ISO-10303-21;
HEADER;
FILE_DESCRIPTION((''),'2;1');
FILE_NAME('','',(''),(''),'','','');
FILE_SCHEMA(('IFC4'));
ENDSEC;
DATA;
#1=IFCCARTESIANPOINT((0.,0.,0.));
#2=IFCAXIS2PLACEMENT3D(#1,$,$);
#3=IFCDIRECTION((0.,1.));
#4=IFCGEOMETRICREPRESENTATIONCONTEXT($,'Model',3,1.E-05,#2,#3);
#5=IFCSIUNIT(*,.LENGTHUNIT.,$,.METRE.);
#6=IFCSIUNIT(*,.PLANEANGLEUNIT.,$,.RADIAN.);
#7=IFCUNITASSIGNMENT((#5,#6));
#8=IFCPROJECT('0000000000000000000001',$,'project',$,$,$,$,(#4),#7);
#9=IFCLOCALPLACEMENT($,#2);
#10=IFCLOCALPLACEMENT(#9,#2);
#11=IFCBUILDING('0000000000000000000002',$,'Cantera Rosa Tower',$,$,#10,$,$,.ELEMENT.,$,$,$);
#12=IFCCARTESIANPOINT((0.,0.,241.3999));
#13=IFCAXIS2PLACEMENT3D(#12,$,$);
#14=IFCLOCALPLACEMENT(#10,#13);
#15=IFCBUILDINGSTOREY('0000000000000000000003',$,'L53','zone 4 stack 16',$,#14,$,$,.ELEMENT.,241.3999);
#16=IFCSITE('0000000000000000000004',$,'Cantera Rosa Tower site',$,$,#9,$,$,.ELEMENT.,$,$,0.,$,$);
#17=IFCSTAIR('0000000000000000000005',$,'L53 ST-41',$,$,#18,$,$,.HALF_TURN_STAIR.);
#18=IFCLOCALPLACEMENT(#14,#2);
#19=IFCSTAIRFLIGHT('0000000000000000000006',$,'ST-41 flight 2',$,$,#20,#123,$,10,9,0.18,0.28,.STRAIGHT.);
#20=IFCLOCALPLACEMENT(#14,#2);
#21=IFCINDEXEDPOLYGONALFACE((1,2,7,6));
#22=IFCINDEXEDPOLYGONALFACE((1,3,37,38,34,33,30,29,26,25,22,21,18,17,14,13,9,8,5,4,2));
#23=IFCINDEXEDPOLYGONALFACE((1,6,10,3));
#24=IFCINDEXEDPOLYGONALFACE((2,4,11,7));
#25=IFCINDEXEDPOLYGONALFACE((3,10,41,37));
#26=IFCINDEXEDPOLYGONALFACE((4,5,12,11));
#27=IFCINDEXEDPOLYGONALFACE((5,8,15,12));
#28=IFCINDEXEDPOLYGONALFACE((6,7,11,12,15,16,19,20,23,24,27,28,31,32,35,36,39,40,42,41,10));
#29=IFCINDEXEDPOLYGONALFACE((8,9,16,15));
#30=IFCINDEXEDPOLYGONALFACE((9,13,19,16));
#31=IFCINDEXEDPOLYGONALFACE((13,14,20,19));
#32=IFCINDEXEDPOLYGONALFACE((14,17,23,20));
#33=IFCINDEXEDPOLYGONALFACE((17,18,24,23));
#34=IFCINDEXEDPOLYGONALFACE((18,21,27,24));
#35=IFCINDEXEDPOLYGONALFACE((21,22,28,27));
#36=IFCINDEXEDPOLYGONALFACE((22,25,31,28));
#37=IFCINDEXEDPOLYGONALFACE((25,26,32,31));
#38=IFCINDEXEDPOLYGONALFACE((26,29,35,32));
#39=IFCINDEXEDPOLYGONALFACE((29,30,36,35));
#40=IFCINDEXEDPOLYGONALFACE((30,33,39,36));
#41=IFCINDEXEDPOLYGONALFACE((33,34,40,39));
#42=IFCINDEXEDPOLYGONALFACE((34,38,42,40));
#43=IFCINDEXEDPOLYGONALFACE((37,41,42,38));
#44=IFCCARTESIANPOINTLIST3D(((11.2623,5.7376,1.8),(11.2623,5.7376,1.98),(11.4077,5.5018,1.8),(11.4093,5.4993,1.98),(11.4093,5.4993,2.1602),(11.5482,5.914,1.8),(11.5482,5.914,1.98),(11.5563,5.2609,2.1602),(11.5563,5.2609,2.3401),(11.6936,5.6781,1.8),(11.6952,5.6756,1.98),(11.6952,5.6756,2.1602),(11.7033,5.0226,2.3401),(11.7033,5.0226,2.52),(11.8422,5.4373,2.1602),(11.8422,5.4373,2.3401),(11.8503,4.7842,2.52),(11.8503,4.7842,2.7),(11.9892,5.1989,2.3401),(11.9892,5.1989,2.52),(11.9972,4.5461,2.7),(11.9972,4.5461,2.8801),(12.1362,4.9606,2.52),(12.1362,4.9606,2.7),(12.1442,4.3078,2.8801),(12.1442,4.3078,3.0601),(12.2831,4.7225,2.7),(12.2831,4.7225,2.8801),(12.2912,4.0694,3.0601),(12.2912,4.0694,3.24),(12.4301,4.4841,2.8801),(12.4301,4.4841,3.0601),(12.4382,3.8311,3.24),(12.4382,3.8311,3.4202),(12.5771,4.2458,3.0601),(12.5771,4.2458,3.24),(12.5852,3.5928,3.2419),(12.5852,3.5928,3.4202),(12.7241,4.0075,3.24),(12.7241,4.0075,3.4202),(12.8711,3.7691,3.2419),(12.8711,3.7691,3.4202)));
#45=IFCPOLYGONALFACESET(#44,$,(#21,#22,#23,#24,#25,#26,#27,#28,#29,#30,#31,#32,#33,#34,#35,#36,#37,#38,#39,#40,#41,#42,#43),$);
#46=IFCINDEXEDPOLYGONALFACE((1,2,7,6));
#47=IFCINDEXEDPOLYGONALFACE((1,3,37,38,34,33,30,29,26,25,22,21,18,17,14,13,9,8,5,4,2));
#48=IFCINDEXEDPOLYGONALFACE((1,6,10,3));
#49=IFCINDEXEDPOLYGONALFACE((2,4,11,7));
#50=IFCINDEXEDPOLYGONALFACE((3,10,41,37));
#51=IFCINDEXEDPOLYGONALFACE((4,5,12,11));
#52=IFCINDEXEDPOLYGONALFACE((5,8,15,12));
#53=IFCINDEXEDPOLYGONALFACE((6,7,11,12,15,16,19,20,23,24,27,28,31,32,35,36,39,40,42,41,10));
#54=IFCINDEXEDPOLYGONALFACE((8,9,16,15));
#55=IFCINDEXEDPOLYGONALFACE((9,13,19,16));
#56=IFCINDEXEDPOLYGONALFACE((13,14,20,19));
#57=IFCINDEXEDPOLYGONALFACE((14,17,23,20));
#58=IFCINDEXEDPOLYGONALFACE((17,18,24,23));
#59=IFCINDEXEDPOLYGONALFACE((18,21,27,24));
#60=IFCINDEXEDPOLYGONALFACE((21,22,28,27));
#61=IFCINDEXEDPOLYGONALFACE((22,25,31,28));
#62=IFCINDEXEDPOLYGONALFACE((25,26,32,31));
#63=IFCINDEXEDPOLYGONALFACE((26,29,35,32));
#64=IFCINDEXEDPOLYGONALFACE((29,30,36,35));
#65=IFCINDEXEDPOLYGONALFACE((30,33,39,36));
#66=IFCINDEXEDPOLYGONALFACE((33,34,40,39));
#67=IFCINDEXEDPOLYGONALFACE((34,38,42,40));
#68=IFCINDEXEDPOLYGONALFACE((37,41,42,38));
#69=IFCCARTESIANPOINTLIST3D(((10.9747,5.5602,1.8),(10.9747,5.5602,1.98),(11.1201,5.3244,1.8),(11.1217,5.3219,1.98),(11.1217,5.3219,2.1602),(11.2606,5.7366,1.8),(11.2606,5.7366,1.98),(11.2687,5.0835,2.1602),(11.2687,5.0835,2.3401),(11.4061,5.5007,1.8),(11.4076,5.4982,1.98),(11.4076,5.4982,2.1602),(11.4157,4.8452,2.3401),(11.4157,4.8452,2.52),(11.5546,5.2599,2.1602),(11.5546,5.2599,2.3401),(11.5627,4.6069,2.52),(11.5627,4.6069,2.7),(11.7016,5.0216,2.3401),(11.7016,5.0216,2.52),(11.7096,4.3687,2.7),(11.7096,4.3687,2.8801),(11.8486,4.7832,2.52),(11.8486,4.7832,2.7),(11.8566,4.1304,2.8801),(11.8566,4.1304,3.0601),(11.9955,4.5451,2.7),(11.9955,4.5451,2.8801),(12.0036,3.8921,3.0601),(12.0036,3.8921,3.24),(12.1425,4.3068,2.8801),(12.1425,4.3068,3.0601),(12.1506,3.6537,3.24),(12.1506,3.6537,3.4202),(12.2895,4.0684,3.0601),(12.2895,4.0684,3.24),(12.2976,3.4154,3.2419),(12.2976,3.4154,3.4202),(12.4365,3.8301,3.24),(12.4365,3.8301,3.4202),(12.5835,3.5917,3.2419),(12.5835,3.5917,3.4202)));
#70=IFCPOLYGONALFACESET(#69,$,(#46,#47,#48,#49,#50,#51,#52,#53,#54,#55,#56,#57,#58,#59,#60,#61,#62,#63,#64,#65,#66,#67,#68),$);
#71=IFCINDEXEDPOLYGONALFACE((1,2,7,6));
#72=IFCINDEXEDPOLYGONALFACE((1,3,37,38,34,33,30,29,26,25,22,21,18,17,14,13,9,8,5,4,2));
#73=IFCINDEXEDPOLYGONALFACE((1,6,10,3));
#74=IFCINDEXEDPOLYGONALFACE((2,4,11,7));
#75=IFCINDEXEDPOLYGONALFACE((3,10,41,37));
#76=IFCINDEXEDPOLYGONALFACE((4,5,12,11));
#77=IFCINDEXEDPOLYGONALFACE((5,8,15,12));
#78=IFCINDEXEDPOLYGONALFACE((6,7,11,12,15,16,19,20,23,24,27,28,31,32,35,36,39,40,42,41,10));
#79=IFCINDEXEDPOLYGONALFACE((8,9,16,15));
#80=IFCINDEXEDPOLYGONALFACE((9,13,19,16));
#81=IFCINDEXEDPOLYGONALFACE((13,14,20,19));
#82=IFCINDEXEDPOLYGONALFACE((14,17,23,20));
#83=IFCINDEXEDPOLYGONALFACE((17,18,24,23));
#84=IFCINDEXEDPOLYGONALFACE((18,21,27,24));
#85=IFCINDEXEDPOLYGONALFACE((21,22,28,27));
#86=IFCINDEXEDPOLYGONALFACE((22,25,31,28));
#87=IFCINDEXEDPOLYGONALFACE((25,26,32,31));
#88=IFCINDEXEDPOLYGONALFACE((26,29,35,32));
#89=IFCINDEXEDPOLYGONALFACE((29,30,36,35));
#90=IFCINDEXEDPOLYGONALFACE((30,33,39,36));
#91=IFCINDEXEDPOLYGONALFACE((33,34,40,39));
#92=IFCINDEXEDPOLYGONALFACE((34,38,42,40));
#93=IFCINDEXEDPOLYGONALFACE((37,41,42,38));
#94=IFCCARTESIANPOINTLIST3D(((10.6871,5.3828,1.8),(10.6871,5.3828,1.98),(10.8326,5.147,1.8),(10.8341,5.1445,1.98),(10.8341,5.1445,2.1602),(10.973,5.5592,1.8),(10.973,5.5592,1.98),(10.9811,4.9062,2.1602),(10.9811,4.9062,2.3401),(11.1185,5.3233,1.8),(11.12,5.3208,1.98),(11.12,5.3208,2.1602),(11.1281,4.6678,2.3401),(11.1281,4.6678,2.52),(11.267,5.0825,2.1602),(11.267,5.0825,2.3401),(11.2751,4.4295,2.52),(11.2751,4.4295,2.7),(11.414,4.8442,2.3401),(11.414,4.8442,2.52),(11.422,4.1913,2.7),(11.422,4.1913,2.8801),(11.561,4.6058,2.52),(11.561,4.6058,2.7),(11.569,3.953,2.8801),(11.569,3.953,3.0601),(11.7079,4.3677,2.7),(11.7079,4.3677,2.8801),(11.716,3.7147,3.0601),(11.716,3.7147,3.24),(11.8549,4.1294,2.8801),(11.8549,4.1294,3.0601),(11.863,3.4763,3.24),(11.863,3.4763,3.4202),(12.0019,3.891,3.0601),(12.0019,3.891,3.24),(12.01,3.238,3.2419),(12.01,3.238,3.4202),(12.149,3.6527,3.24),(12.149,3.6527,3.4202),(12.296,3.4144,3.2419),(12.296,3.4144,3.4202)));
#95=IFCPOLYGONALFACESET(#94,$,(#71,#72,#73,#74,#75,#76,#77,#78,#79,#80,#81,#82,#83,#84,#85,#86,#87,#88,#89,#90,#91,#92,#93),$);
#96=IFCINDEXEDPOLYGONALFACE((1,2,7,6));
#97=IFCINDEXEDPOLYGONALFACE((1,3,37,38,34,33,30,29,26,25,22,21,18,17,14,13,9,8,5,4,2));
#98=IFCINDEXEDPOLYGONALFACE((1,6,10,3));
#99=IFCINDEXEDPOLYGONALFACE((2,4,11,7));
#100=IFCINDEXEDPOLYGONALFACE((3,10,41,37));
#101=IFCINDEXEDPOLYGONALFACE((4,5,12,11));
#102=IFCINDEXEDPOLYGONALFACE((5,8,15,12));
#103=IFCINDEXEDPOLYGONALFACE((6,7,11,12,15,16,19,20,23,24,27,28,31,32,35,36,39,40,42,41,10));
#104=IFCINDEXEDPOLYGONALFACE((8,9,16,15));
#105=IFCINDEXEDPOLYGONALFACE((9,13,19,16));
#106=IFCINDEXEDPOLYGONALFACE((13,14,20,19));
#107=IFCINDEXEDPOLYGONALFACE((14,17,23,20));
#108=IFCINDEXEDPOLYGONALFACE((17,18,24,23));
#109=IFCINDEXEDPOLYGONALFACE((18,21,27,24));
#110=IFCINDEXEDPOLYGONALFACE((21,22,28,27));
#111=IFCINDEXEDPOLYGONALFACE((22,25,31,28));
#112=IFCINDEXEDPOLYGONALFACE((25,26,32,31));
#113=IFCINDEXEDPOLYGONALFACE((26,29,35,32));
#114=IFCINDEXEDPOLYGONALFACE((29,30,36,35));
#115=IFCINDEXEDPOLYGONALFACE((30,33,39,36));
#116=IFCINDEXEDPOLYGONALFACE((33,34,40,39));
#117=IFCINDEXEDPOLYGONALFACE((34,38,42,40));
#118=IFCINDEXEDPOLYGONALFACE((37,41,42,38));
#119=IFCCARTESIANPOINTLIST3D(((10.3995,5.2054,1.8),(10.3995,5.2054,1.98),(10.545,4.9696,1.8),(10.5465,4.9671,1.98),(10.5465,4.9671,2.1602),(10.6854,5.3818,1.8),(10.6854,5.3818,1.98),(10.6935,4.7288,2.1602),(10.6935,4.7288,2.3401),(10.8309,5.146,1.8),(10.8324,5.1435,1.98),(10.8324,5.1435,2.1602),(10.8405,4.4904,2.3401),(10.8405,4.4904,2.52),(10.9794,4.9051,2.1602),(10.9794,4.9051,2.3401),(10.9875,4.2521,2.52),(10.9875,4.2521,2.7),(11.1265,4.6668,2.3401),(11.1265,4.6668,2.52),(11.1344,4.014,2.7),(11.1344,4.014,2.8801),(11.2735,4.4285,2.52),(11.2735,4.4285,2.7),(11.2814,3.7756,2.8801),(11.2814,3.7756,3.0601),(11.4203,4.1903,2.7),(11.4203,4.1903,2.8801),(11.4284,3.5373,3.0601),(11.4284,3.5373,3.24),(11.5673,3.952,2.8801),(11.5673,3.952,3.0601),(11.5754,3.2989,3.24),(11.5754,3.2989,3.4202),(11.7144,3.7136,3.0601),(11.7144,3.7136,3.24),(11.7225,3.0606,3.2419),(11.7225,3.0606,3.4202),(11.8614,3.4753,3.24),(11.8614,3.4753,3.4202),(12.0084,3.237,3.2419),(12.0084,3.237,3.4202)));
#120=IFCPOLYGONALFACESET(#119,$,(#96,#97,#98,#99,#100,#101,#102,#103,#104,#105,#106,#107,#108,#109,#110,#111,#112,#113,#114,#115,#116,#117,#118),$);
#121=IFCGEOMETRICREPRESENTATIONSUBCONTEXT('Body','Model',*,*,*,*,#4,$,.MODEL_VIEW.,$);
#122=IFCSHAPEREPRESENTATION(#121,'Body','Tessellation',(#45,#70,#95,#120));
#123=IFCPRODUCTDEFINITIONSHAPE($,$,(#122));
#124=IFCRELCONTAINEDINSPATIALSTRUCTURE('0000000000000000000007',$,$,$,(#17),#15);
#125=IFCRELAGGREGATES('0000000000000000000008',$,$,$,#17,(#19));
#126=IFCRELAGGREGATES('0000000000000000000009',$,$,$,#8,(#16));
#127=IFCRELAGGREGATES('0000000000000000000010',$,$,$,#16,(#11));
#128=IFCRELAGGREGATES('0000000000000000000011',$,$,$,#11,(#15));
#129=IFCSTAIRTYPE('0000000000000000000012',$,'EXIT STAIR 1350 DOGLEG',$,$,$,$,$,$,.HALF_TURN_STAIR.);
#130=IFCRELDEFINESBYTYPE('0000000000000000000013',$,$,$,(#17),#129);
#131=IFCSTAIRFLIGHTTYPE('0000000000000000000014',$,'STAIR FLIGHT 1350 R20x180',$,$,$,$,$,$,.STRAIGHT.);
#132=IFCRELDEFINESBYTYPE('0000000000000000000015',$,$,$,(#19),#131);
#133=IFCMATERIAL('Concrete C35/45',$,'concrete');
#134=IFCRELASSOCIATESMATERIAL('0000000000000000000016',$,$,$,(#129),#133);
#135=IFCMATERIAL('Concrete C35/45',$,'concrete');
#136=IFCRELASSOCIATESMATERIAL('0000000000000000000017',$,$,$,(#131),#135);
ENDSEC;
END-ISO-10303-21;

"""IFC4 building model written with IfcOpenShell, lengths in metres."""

from ifc_helpers import new_model, si_unit, direction, frame, origin, place, context, subcontext, project, spatial, polyline, outline, extrude, material, type_object, element, aggregate, save


model = new_model("IFC4")

# Units and contexts
model_context = context("Model", 3, precision=1e-05, world=origin(), true_north=direction((0.0, 1.0)))
body_context = subcontext(model_context, "Body", "Model", "MODEL_VIEW")
ifc_project = project(units=[si_unit("LENGTHUNIT", "METRE"), si_unit("PLANEANGLEUNIT", "RADIAN")], contexts=[model_context])

# Site, building, storey
site_placement = place(None, origin())
site = spatial("IfcSite", under=ifc_project, at=site_placement, Name="Cantera Rosa Tower site", CompositionType="ELEMENT", RefElevation=0.0)
building_placement = place(site_placement, origin())
building = spatial("IfcBuilding", under=site, at=building_placement, Name="Cantera Rosa Tower", CompositionType="ELEMENT")
storey_placement = place(building_placement, frame((0.0, 0.0, 241.3999)))
storey = spatial("IfcBuildingStorey", under=building, at=storey_placement, Name="L53", Description="zone 4 stack 16", CompositionType="ELEMENT", Elevation=241.3999)

# Stair, stair flight
ifc_material_1 = material(Name="Concrete C35/45", Category="concrete")
stair_type = type_object("IfcStairType", Name="EXIT STAIR 1350 DOGLEG", PredefinedType="HALF_TURN_STAIR", material=ifc_material_1)
stair_placement = place(storey_placement, origin())
stair = element("IfcStair", 1, at=stair_placement, inside=storey, type_object=stair_type, Name="L53 ST-41", PredefinedType="HALF_TURN_STAIR")
ifc_material_2 = material(Name="Concrete C35/45", Category="concrete")
stair_flight_type = type_object("IfcStairFlightType", Name="STAIR FLIGHT 1350 R20x180", PredefinedType="STRAIGHT", material=ifc_material_2)
stair_flight_1_placement = place(storey_placement, frame((10.9736, 5.5596, 1.8), z_axis=(0.0, 0.0, 1.0), x_axis=(0.524977, -0.851117, 0.0)))
stair_flight_1 = element("IfcStairFlight", 2, at=stair_flight_1_placement, type_object=stair_flight_type, Name="ST-41 flight 2", NumberOfRisers=10, NumberOfTreads=9, PredefinedType="STRAIGHT", RiserHeight=0.18, TreadLength=0.28, context=body_context, shape_type="SweptSolid", body=[
    extrude(outline(polyline([(0.0, 0.0), (0.0, 0.1799), (0.28, 0.1799), (0.28, 0.3601), (0.5601, 0.3601), (0.5601, 0.54), (0.8401, 0.54), (0.8401, 0.72), (1.1201, 0.72), (1.1201, 0.8999), (1.3999, 0.8999), (1.3999, 1.0801), (1.6799, 1.0801), (1.6799, 1.26), (1.96, 1.26), (1.96, 1.4399), (2.24, 1.4399), (2.24, 1.6201), (2.52, 1.6201), (2.52, 1.8), (2.52, 1.4419), (0.2771, 0.0), (0.0, 0.0)])), frame((0.0, 0.675, 0.0), z_axis=(0.0, -1.0, 0.0), x_axis=(1.0, 0.0, 0.0)), (0.0, 0.0, 1.0), 0.3359),
    extrude(outline(polyline([(0.0, 0.0), (0.0, 0.1799), (0.28, 0.1799), (0.28, 0.3601), (0.5601, 0.3601), (0.5601, 0.54), (0.8401, 0.54), (0.8401, 0.72), (1.1201, 0.72), (1.1201, 0.8999), (1.3999, 0.8999), (1.3999, 1.0801), (1.6799, 1.0801), (1.6799, 1.26), (1.96, 1.26), (1.96, 1.4399), (2.24, 1.4399), (2.24, 1.6201), (2.52, 1.6201), (2.52, 1.8), (2.52, 1.4419), (0.2771, 0.0), (0.0, 0.0)])), frame((0.0, 0.3372, 0.0), z_axis=(0.0, -1.0, 0.0), x_axis=(1.0, 0.0, 0.0)), (0.0, 0.0, 1.0), 0.3359),
    extrude(outline(polyline([(0.0, 0.0), (0.0, 0.1799), (0.28, 0.1799), (0.28, 0.3601), (0.5601, 0.3601), (0.5601, 0.54), (0.8401, 0.54), (0.8401, 0.72), (1.1201, 0.72), (1.1201, 0.8999), (1.3999, 0.8999), (1.3999, 1.0801), (1.6799, 1.0801), (1.6799, 1.26), (1.96, 1.26), (1.96, 1.4399), (2.24, 1.4399), (2.24, 1.6201), (2.52, 1.6201), (2.52, 1.8), (2.52, 1.4419), (0.2771, 0.0), (0.0, 0.0)])), frame((0.0, -0.0007, 0.0), z_axis=(0.0, -1.0, 0.0), x_axis=(1.0, 0.0, 0.0)), (0.0, 0.0, 1.0), 0.3359),
    extrude(outline(polyline([(0.0, 0.0), (0.0, 0.1799), (0.28, 0.1799), (0.28, 0.3601), (0.5601, 0.3601), (0.5601, 0.54), (0.8401, 0.54), (0.8401, 0.72), (1.1201, 0.72), (1.1201, 0.8999), (1.3999, 0.8999), (1.3999, 1.0801), (1.6799, 1.0801), (1.6799, 1.26), (1.96, 1.26), (1.96, 1.4399), (2.24, 1.4399), (2.24, 1.6201), (2.52, 1.6201), (2.52, 1.8), (2.52, 1.4419), (0.2771, 0.0), (0.0, 0.0)])), frame((0.0, -0.3386, 0.0), z_axis=(0.0, -1.0, 0.0), x_axis=(1.0, 0.0, 0.0)), (0.0, 0.0, 1.0), 0.3359),
])
aggregate(stair, [stair_flight_1])

save(model, "model.ifc")
